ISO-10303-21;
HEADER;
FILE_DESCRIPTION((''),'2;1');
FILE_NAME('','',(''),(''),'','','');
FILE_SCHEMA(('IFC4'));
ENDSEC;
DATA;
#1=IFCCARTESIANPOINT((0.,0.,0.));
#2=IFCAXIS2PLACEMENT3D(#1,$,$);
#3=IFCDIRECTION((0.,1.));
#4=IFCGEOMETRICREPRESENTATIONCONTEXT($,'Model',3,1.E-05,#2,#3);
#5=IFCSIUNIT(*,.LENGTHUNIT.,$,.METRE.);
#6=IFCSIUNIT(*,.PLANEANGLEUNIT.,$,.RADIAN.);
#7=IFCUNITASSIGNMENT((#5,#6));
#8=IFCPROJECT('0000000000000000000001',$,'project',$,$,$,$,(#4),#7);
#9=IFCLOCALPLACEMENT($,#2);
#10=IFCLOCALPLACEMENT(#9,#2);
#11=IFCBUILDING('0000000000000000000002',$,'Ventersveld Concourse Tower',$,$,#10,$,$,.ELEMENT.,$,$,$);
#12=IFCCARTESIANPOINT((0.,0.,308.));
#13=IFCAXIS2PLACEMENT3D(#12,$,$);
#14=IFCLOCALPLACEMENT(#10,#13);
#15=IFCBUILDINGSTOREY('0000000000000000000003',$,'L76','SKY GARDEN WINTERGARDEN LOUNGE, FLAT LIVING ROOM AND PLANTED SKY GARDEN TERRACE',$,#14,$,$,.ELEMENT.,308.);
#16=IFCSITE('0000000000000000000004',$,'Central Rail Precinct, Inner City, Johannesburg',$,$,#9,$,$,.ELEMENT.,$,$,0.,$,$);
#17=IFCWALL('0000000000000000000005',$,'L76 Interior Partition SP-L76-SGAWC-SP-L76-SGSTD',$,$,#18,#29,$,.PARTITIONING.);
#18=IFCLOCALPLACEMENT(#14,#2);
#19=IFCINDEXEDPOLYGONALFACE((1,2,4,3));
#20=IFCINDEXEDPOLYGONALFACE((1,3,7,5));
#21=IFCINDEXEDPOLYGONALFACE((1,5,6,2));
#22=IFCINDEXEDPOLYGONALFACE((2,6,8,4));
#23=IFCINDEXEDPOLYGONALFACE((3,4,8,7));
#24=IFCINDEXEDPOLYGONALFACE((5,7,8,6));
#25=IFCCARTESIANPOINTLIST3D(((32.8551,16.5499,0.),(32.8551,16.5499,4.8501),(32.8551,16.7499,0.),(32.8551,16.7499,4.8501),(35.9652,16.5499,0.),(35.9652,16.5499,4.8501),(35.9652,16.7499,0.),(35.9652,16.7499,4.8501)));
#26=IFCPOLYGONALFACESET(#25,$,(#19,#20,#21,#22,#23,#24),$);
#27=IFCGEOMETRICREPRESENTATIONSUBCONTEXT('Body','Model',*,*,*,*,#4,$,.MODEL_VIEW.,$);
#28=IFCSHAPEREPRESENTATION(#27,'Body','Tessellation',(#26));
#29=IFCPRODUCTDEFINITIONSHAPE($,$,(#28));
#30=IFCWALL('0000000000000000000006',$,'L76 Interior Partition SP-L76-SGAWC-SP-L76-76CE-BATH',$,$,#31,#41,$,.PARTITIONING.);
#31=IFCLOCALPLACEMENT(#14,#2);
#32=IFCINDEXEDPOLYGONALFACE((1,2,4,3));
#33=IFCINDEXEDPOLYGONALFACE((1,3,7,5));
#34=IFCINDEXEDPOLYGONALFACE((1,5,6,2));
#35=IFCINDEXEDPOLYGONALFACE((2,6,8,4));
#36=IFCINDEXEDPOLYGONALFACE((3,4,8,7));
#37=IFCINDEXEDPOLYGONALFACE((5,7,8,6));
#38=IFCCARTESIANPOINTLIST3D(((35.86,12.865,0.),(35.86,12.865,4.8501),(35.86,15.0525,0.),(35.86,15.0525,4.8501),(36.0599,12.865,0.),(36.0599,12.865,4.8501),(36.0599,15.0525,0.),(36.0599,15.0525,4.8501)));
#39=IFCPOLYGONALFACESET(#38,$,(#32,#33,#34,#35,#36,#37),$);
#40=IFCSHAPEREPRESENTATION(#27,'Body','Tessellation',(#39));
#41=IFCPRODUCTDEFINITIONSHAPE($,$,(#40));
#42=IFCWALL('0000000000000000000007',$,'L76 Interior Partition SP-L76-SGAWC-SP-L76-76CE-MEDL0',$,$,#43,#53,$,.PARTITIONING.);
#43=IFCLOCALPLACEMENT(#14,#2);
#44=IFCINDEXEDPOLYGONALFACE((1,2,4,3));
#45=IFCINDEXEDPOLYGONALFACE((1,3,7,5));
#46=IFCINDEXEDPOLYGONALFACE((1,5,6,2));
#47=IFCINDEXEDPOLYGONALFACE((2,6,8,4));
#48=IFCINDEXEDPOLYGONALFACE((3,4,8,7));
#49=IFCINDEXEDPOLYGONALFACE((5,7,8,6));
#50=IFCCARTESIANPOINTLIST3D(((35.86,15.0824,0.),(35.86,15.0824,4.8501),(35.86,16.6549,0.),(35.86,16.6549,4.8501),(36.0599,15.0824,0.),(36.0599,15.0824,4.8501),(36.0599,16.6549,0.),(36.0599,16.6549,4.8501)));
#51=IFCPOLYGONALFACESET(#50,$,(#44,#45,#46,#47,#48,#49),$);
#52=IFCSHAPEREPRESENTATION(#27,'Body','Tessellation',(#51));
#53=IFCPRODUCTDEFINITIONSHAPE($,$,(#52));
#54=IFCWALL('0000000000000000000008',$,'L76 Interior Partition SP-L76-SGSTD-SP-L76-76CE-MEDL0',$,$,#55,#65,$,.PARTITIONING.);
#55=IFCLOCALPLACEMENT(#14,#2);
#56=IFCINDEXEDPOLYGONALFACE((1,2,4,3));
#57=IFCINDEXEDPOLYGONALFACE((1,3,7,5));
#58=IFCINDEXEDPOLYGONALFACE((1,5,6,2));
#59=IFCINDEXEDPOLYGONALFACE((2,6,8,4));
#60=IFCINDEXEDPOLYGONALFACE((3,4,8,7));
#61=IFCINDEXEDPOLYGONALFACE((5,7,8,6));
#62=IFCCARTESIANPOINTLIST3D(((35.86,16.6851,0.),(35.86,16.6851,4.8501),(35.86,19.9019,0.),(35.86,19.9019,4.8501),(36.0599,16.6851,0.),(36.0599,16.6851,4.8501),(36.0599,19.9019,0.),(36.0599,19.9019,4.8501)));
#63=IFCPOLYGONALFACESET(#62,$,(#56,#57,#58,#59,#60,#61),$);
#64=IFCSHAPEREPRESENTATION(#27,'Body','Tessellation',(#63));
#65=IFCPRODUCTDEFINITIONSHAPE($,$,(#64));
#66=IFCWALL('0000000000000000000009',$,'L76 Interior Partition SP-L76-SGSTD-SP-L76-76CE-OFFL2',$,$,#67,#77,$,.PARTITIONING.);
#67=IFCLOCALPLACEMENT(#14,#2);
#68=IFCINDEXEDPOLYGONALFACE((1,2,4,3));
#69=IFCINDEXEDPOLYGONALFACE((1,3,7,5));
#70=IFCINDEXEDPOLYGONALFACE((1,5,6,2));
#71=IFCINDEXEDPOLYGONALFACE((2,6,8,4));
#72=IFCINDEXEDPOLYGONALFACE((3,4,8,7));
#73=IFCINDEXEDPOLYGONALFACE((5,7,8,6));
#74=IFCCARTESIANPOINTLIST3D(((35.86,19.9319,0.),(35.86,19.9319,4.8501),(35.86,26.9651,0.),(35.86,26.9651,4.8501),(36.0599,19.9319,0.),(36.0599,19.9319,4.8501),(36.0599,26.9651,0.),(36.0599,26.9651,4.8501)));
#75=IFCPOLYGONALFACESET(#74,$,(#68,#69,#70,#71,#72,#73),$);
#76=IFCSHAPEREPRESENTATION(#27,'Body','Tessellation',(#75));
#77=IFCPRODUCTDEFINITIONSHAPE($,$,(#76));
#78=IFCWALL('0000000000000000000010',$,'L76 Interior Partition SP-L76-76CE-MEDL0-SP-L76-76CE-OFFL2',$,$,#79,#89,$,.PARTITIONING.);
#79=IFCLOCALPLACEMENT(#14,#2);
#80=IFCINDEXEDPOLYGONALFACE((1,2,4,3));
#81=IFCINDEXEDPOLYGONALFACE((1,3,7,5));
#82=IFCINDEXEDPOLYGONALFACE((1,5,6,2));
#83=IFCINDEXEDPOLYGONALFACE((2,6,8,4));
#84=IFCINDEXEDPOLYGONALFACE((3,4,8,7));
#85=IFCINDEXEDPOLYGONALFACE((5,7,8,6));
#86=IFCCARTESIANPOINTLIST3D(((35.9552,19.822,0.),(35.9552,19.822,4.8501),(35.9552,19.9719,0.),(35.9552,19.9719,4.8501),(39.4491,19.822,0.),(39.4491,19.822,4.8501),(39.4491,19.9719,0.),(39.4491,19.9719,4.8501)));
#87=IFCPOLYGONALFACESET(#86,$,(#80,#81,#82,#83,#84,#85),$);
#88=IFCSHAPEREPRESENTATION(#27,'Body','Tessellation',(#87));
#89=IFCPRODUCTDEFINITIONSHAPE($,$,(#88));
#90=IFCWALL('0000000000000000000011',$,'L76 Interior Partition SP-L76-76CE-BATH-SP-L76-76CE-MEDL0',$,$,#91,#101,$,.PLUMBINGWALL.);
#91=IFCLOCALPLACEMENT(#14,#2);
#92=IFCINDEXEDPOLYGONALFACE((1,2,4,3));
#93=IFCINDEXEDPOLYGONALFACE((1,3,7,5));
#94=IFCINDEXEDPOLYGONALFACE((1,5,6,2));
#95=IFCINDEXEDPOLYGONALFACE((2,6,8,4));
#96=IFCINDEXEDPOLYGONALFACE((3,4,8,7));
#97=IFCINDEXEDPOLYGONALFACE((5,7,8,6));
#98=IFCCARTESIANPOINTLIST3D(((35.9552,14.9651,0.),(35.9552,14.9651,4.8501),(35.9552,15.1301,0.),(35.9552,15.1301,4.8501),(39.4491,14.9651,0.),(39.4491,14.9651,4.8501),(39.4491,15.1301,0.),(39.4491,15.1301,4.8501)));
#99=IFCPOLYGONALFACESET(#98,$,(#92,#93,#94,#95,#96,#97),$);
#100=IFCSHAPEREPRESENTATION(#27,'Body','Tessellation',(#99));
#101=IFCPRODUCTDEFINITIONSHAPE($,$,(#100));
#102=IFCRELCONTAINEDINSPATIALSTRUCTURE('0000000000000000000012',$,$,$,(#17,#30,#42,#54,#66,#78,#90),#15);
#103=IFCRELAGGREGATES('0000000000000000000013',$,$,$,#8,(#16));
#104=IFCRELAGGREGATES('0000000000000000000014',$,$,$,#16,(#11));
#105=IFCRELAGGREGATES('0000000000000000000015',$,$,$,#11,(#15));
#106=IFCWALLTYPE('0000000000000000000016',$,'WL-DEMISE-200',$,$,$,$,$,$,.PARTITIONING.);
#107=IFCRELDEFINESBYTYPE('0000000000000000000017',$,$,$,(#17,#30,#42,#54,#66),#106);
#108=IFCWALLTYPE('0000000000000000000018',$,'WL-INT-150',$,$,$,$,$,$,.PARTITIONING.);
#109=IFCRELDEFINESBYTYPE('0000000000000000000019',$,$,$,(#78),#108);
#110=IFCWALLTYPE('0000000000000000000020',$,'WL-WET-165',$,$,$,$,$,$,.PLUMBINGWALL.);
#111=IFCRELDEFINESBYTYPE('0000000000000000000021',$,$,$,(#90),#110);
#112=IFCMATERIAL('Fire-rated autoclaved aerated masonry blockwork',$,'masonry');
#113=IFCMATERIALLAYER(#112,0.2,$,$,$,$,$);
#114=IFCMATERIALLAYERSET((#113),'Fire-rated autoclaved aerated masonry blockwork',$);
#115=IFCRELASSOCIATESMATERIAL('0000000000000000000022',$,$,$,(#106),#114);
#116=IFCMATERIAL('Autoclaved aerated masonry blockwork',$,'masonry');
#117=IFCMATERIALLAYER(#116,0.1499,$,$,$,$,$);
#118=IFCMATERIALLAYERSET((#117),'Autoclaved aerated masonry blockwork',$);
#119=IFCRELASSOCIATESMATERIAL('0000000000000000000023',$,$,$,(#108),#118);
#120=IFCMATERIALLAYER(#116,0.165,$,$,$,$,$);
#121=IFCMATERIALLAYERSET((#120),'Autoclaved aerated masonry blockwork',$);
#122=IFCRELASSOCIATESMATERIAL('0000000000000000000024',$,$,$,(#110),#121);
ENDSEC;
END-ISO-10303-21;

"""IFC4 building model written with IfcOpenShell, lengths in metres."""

from ifc_helpers import new_model, si_unit, direction, frame, frame_2d, origin, place, context, subcontext, project, spatial, rectangle, extrude, material, layer, layer_set, type_object, element, save


model = new_model("IFC4")

# Units and contexts
model_context = context("Model", 3, precision=1e-05, world=origin(), true_north=direction((0.0, 1.0)))
body_context = subcontext(model_context, "Body", "Model", "MODEL_VIEW")
ifc_project = project(units=[si_unit("LENGTHUNIT", "METRE"), si_unit("PLANEANGLEUNIT", "RADIAN")], contexts=[model_context])

# Site, building, storey
site_placement = place(None, origin())
site = spatial("IfcSite", under=ifc_project, at=site_placement, Name="Central Rail Precinct, Inner City, Johannesburg", CompositionType="ELEMENT", RefElevation=0.0)
building_placement = place(site_placement, origin())
building = spatial("IfcBuilding", under=site, at=building_placement, Name="Ventersveld Concourse Tower", CompositionType="ELEMENT")
storey_placement = place(building_placement, frame((0.0, 0.0, 308.0)))
storey = spatial("IfcBuildingStorey", under=building, at=storey_placement, Name="L76", Description="SKY GARDEN WINTERGARDEN LOUNGE, FLAT LIVING ROOM AND PLANTED SKY GARDEN TERRACE", CompositionType="ELEMENT", Elevation=308.0)

# Shared definitions
ifc_material_1 = material(Name="Fire-rated autoclaved aerated masonry blockwork", Category="masonry")

# Shared definitions
ifc_layer_1 = layer(ifc_material_1, 0.2)
ifc_layer_set_1 = layer_set([ifc_layer_1], Name="Fire-rated autoclaved aerated masonry blockwork")
wall_type_1 = type_object("IfcWallType", Name="WL-DEMISE-200", PredefinedType="PARTITIONING", material=ifc_layer_set_1)

# Walls
wall_1_placement = place(storey_placement, frame((32.855, 16.6499, 0.0), z_axis=(0.0, 0.0, 1.0), x_axis=(1.0, 0.0, 0.0)))
element("IfcWall", 1, at=wall_1_placement, inside=storey, type_object=wall_type_1, Name="L76 Interior Partition SP-L76-SGAWC-SP-L76-SGSTD", PredefinedType="PARTITIONING", context=body_context, shape_type="SweptSolid", body=[
    extrude(rectangle(XDim=3.1101, YDim=0.2, at=frame_2d((1.5552, 0.0))), origin(), (0.0, 0.0, 1.0), 4.8501),
])
wall_2_placement = place(storey_placement, frame((35.96, 12.865, 0.0), z_axis=(0.0, 0.0, 1.0), x_axis=(0.0, 1.0, 0.0)))
element("IfcWall", 2, at=wall_2_placement, inside=storey, type_object=wall_type_1, Name="L76 Interior Partition SP-L76-SGAWC-SP-L76-76CE-BATH", PredefinedType="PARTITIONING", context=body_context, shape_type="SweptSolid", body=[
    extrude(rectangle(XDim=2.1875, YDim=0.2, at=frame_2d((1.0938, 0.0))), origin(), (0.0, 0.0, 1.0), 4.8501),
])
wall_3_placement = place(storey_placement, frame((35.96, 15.0825, 0.0), z_axis=(0.0, 0.0, 1.0), x_axis=(0.0, 1.0, 0.0)))
element("IfcWall", 3, at=wall_3_placement, inside=storey, type_object=wall_type_1, Name="L76 Interior Partition SP-L76-SGAWC-SP-L76-76CE-MEDL0", PredefinedType="PARTITIONING", context=body_context, shape_type="SweptSolid", body=[
    extrude(rectangle(XDim=1.5725, YDim=0.2, at=frame_2d((0.7861, 0.0))), origin(), (0.0, 0.0, 1.0), 4.8501),
])
wall_4_placement = place(storey_placement, frame((35.96, 16.6851, 0.0), z_axis=(0.0, 0.0, 1.0), x_axis=(0.0, 1.0, 0.0)))
element("IfcWall", 4, at=wall_4_placement, inside=storey, type_object=wall_type_1, Name="L76 Interior Partition SP-L76-SGSTD-SP-L76-76CE-MEDL0", PredefinedType="PARTITIONING", context=body_context, shape_type="SweptSolid", body=[
    extrude(rectangle(XDim=3.2168, YDim=0.2, at=frame_2d((1.6084, 0.0))), origin(), (0.0, 0.0, 1.0), 4.8501),
])
wall_5_placement = place(storey_placement, frame((35.96, 19.9319, 0.0), z_axis=(0.0, 0.0, 1.0), x_axis=(0.0, 1.0, 0.0)))
element("IfcWall", 5, at=wall_5_placement, inside=storey, type_object=wall_type_1, Name="L76 Interior Partition SP-L76-SGSTD-SP-L76-76CE-OFFL2", PredefinedType="PARTITIONING", context=body_context, shape_type="SweptSolid", body=[
    extrude(rectangle(XDim=7.0332, YDim=0.2, at=frame_2d((3.5166, 0.0))), origin(), (0.0, 0.0, 1.0), 4.8501),
])
ifc_material_2 = material(Name="Autoclaved aerated masonry blockwork", Category="masonry")
ifc_layer_2 = layer(ifc_material_2, 0.1499)
ifc_layer_set_2 = layer_set([ifc_layer_2], Name="Autoclaved aerated masonry blockwork")
wall_type_2 = type_object("IfcWallType", Name="WL-INT-150", PredefinedType="PARTITIONING", material=ifc_layer_set_2)
wall_6_placement = place(storey_placement, frame((35.9551, 19.897, 0.0), z_axis=(0.0, 0.0, 1.0), x_axis=(1.0, 0.0, 0.0)))
element("IfcWall", 6, at=wall_6_placement, inside=storey, type_object=wall_type_2, Name="L76 Interior Partition SP-L76-76CE-MEDL0-SP-L76-76CE-OFFL2", PredefinedType="PARTITIONING", context=body_context, shape_type="SweptSolid", body=[
    extrude(rectangle(XDim=3.4939, YDim=0.1499, at=frame_2d((1.7471, 0.0))), origin(), (0.0, 0.0, 1.0), 4.8501),
])
ifc_layer_3 = layer(ifc_material_2, 0.165)
ifc_layer_set_3 = layer_set([ifc_layer_3], Name="Autoclaved aerated masonry blockwork")
wall_type_3 = type_object("IfcWallType", Name="WL-WET-165", PredefinedType="PLUMBINGWALL", material=ifc_layer_set_3)
wall_7_placement = place(storey_placement, frame((35.9551, 15.0476, 0.0), z_axis=(0.0, 0.0, 1.0), x_axis=(1.0, 0.0, 0.0)))
element("IfcWall", 7, at=wall_7_placement, inside=storey, type_object=wall_type_3, Name="L76 Interior Partition SP-L76-76CE-BATH-SP-L76-76CE-MEDL0", PredefinedType="PLUMBINGWALL", context=body_context, shape_type="SweptSolid", body=[
    extrude(rectangle(XDim=3.4939, YDim=0.165, at=frame_2d((1.7471, 0.0))), origin(), (0.0, 0.0, 1.0), 4.8501),
])

save(model, "model.ifc")
